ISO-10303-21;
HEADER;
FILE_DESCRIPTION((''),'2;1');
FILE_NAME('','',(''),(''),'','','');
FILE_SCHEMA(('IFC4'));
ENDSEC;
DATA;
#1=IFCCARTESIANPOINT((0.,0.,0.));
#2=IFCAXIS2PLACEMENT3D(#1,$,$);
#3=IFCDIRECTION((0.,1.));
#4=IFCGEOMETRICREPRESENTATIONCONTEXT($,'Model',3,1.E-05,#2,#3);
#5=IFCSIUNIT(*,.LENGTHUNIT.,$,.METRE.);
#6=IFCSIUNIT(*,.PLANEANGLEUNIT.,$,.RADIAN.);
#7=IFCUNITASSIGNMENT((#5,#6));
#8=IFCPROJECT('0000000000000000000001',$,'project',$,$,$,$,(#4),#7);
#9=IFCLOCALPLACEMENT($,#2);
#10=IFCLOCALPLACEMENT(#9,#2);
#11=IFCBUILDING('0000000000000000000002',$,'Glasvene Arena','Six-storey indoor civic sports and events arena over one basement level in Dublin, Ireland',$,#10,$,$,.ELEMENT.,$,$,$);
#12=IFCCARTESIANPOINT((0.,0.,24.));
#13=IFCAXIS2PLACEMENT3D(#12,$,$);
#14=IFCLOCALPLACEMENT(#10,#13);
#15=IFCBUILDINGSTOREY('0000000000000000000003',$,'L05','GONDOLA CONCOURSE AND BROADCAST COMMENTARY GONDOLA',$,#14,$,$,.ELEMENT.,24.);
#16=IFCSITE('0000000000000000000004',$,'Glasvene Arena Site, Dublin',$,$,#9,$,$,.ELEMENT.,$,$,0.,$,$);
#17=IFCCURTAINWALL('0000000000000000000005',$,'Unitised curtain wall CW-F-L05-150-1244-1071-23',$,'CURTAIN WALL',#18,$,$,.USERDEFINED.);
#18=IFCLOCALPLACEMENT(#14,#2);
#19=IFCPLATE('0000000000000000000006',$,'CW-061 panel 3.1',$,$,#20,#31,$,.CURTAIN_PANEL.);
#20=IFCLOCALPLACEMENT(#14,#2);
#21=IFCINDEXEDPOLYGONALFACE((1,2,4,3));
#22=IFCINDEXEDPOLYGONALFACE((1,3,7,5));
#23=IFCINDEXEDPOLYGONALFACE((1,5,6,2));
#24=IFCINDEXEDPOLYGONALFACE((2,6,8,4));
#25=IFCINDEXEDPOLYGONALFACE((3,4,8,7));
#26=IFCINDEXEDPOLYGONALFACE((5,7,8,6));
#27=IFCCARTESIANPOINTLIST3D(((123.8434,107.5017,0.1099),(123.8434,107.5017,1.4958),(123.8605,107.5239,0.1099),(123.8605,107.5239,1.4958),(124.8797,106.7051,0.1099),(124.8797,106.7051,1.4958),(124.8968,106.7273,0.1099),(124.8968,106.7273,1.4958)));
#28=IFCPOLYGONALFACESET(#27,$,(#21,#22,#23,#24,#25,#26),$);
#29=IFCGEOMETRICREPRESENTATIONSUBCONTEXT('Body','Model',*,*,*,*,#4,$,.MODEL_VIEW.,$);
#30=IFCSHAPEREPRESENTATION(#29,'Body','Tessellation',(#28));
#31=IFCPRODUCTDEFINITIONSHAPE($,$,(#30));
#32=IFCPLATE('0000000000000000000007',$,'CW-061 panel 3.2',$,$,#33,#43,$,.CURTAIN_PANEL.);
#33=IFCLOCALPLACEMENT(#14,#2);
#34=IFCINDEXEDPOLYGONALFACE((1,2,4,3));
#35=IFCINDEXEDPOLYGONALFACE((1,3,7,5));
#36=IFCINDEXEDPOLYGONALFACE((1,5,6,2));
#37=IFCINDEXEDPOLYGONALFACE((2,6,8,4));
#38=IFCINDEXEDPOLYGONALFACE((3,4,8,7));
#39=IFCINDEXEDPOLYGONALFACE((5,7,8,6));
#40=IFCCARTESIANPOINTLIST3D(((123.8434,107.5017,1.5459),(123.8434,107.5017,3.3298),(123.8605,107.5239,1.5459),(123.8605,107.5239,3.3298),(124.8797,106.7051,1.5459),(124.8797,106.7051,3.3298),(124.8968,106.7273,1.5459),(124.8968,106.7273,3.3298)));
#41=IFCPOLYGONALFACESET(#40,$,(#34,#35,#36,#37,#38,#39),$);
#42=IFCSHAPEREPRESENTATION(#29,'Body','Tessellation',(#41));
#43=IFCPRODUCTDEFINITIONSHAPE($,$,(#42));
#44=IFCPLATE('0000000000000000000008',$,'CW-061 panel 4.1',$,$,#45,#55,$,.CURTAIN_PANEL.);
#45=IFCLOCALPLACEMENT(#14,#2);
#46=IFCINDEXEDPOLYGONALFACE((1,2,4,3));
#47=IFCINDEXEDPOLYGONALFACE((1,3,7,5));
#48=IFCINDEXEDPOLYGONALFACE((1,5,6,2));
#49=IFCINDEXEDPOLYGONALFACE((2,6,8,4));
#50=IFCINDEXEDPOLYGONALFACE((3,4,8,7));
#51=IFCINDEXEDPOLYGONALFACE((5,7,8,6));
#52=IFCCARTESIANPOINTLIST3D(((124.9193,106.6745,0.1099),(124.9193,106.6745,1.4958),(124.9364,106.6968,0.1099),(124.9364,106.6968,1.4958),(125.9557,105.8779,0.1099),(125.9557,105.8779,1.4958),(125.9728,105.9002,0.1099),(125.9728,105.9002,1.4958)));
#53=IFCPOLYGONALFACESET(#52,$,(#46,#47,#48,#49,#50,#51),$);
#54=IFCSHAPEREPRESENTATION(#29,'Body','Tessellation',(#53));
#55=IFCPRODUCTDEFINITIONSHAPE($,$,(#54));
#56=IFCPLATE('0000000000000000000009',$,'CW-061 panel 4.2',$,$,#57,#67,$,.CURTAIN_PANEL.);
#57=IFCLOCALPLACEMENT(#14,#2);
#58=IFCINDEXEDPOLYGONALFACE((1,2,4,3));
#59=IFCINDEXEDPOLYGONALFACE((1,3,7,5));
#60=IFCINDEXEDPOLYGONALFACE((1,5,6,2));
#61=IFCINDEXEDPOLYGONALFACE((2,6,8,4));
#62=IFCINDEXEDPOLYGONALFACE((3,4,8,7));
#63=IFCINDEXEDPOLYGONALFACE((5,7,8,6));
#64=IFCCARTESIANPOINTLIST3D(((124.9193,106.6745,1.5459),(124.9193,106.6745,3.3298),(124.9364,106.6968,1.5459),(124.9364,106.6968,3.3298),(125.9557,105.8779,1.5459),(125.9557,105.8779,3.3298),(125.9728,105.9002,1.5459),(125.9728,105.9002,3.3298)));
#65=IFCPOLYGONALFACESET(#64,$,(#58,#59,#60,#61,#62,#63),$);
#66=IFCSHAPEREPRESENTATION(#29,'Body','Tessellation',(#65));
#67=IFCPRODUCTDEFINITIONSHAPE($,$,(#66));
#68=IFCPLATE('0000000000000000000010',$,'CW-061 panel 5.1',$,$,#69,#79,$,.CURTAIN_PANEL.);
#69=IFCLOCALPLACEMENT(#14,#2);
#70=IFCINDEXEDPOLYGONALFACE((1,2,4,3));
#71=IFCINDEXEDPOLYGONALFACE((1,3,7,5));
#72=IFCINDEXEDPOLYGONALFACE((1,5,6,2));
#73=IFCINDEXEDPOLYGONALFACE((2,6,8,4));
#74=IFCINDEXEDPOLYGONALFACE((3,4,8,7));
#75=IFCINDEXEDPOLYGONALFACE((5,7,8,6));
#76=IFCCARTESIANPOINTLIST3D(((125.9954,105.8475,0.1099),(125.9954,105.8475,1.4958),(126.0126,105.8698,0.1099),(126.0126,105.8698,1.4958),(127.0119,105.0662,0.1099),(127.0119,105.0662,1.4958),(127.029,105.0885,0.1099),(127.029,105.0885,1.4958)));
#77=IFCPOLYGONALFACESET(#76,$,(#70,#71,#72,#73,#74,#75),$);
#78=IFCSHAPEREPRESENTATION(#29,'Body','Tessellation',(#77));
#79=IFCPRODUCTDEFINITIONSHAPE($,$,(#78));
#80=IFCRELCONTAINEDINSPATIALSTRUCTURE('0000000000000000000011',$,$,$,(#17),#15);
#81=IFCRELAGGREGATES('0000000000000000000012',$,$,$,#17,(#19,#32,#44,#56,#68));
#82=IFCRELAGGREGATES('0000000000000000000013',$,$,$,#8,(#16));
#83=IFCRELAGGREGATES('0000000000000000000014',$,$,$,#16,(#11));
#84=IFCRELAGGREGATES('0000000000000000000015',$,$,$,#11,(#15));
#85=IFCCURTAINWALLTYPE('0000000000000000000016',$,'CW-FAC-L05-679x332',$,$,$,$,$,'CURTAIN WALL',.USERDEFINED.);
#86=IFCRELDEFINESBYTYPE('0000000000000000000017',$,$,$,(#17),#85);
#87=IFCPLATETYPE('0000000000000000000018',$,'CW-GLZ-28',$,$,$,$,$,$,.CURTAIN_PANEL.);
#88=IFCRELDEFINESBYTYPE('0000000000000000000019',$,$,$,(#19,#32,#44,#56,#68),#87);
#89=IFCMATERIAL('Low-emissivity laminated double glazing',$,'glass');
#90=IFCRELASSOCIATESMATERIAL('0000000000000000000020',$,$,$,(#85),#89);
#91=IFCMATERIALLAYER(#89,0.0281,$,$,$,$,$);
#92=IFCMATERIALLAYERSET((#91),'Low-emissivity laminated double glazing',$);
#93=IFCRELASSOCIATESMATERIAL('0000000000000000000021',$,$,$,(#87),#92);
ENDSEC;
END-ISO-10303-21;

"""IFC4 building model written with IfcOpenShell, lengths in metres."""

from ifc_helpers import new_model, si_unit, direction, frame, origin, origin_2d, place, context, subcontext, project, spatial, rectangle, extrude, material, layer, layer_set, type_object, element, aggregate, save


model = new_model("IFC4")

# Units and contexts
model_context = context("Model", 3, precision=1e-05, world=origin(), true_north=direction((0.0, 1.0)))
body_context = subcontext(model_context, "Body", "Model", "MODEL_VIEW")
ifc_project = project(units=[si_unit("LENGTHUNIT", "METRE"), si_unit("PLANEANGLEUNIT", "RADIAN")], contexts=[model_context])

# Site, building, storey
site_placement = place(None, origin())
site = spatial("IfcSite", under=ifc_project, at=site_placement, Name="Glasvene Arena Site, Dublin", CompositionType="ELEMENT", RefElevation=0.0)
building_placement = place(site_placement, origin())
building = spatial("IfcBuilding", under=site, at=building_placement, Name="Glasvene Arena", Description="Six-storey indoor civic sports and events arena over one basement level in Dublin, Ireland", CompositionType="ELEMENT")
storey_placement = place(building_placement, frame((0.0, 0.0, 24.0)))
storey = spatial("IfcBuildingStorey", under=building, at=storey_placement, Name="L05", Description="GONDOLA CONCOURSE AND BROADCAST COMMENTARY GONDOLA", CompositionType="ELEMENT", Elevation=24.0)

# Curtain wall, plates
ifc_material_1 = material(Name="Low-emissivity laminated double glazing", Category="glass")
curtain_wall_type = type_object("IfcCurtainWallType", Name="CW-FAC-L05-679x332", ElementType="CURTAIN WALL", PredefinedType="USERDEFINED", material=ifc_material_1)
curtain_wall_placement = place(storey_placement, frame((121.6804, 109.1821, 0.0)))
curtain_wall = element("IfcCurtainWall", 1, at=curtain_wall_placement, inside=storey, type_object=curtain_wall_type, Name="Unitised curtain wall CW-F-L05-150-1244-1071-23", ObjectType="CURTAIN WALL", PredefinedType="USERDEFINED")
ifc_layer = layer(ifc_material_1, 0.0281)
ifc_layer_set = layer_set([ifc_layer], Name="Low-emissivity laminated double glazing")
plate_type = type_object("IfcPlateType", Name="CW-GLZ-28", PredefinedType="CURTAIN_PANEL", material=ifc_layer_set)
plate_1_placement = place(storey_placement, frame((124.3701, 107.1145, 0.1099), z_axis=(0.0, 0.0, 1.0), x_axis=(0.79284, -0.60943, 0.0)))
plate_1 = element("IfcPlate", 2, at=plate_1_placement, type_object=plate_type, Name="CW-061 panel 3.1", PredefinedType="CURTAIN_PANEL", context=body_context, shape_type="SweptSolid", body=[
    extrude(rectangle(XDim=1.3071, YDim=0.0281, at=origin_2d()), origin(), (0.0, 0.0, 1.0), 1.386),
])
plate_2_placement = place(storey_placement, frame((124.3701, 107.1145, 1.5459), z_axis=(0.0, 0.0, 1.0), x_axis=(0.79284, -0.60943, 0.0)))
plate_2 = element("IfcPlate", 3, at=plate_2_placement, type_object=plate_type, Name="CW-061 panel 3.2", PredefinedType="CURTAIN_PANEL", context=body_context, shape_type="SweptSolid", body=[
    extrude(rectangle(XDim=1.3071, YDim=0.0281, at=origin_2d()), origin(), (0.0, 0.0, 1.0), 1.7839),
])
plate_3_placement = place(storey_placement, frame((125.446, 106.2874, 0.1099), z_axis=(0.0, 0.0, 1.0), x_axis=(0.79284, -0.60943, 0.0)))
plate_3 = element("IfcPlate", 4, at=plate_3_placement, type_object=plate_type, Name="CW-061 panel 4.1", PredefinedType="CURTAIN_PANEL", context=body_context, shape_type="SweptSolid", body=[
    extrude(rectangle(XDim=1.3071, YDim=0.0281, at=origin_2d()), origin(), (0.0, 0.0, 1.0), 1.386),
])
plate_4_placement = place(storey_placement, frame((125.446, 106.2874, 1.5459), z_axis=(0.0, 0.0, 1.0), x_axis=(0.79284, -0.60943, 0.0)))
plate_4 = element("IfcPlate", 5, at=plate_4_placement, type_object=plate_type, Name="CW-061 panel 4.2", PredefinedType="CURTAIN_PANEL", context=body_context, shape_type="SweptSolid", body=[
    extrude(rectangle(XDim=1.3071, YDim=0.0281, at=origin_2d()), origin(), (0.0, 0.0, 1.0), 1.7839),
])
plate_5_placement = place(storey_placement, frame((126.5122, 105.468, 0.1099), z_axis=(0.0, 0.0, 1.0), x_axis=(0.79284, -0.60943, 0.0)))
plate_5 = element("IfcPlate", 6, at=plate_5_placement, type_object=plate_type, Name="CW-061 panel 5.1", PredefinedType="CURTAIN_PANEL", context=body_context, shape_type="SweptSolid", body=[
    extrude(rectangle(XDim=1.282, YDim=0.0281, at=origin_2d()), origin(), (0.0, 0.0, 1.0), 1.386),
])
aggregate(curtain_wall, [plate_1, plate_2, plate_3, plate_4, plate_5])

save(model, "model.ifc")
